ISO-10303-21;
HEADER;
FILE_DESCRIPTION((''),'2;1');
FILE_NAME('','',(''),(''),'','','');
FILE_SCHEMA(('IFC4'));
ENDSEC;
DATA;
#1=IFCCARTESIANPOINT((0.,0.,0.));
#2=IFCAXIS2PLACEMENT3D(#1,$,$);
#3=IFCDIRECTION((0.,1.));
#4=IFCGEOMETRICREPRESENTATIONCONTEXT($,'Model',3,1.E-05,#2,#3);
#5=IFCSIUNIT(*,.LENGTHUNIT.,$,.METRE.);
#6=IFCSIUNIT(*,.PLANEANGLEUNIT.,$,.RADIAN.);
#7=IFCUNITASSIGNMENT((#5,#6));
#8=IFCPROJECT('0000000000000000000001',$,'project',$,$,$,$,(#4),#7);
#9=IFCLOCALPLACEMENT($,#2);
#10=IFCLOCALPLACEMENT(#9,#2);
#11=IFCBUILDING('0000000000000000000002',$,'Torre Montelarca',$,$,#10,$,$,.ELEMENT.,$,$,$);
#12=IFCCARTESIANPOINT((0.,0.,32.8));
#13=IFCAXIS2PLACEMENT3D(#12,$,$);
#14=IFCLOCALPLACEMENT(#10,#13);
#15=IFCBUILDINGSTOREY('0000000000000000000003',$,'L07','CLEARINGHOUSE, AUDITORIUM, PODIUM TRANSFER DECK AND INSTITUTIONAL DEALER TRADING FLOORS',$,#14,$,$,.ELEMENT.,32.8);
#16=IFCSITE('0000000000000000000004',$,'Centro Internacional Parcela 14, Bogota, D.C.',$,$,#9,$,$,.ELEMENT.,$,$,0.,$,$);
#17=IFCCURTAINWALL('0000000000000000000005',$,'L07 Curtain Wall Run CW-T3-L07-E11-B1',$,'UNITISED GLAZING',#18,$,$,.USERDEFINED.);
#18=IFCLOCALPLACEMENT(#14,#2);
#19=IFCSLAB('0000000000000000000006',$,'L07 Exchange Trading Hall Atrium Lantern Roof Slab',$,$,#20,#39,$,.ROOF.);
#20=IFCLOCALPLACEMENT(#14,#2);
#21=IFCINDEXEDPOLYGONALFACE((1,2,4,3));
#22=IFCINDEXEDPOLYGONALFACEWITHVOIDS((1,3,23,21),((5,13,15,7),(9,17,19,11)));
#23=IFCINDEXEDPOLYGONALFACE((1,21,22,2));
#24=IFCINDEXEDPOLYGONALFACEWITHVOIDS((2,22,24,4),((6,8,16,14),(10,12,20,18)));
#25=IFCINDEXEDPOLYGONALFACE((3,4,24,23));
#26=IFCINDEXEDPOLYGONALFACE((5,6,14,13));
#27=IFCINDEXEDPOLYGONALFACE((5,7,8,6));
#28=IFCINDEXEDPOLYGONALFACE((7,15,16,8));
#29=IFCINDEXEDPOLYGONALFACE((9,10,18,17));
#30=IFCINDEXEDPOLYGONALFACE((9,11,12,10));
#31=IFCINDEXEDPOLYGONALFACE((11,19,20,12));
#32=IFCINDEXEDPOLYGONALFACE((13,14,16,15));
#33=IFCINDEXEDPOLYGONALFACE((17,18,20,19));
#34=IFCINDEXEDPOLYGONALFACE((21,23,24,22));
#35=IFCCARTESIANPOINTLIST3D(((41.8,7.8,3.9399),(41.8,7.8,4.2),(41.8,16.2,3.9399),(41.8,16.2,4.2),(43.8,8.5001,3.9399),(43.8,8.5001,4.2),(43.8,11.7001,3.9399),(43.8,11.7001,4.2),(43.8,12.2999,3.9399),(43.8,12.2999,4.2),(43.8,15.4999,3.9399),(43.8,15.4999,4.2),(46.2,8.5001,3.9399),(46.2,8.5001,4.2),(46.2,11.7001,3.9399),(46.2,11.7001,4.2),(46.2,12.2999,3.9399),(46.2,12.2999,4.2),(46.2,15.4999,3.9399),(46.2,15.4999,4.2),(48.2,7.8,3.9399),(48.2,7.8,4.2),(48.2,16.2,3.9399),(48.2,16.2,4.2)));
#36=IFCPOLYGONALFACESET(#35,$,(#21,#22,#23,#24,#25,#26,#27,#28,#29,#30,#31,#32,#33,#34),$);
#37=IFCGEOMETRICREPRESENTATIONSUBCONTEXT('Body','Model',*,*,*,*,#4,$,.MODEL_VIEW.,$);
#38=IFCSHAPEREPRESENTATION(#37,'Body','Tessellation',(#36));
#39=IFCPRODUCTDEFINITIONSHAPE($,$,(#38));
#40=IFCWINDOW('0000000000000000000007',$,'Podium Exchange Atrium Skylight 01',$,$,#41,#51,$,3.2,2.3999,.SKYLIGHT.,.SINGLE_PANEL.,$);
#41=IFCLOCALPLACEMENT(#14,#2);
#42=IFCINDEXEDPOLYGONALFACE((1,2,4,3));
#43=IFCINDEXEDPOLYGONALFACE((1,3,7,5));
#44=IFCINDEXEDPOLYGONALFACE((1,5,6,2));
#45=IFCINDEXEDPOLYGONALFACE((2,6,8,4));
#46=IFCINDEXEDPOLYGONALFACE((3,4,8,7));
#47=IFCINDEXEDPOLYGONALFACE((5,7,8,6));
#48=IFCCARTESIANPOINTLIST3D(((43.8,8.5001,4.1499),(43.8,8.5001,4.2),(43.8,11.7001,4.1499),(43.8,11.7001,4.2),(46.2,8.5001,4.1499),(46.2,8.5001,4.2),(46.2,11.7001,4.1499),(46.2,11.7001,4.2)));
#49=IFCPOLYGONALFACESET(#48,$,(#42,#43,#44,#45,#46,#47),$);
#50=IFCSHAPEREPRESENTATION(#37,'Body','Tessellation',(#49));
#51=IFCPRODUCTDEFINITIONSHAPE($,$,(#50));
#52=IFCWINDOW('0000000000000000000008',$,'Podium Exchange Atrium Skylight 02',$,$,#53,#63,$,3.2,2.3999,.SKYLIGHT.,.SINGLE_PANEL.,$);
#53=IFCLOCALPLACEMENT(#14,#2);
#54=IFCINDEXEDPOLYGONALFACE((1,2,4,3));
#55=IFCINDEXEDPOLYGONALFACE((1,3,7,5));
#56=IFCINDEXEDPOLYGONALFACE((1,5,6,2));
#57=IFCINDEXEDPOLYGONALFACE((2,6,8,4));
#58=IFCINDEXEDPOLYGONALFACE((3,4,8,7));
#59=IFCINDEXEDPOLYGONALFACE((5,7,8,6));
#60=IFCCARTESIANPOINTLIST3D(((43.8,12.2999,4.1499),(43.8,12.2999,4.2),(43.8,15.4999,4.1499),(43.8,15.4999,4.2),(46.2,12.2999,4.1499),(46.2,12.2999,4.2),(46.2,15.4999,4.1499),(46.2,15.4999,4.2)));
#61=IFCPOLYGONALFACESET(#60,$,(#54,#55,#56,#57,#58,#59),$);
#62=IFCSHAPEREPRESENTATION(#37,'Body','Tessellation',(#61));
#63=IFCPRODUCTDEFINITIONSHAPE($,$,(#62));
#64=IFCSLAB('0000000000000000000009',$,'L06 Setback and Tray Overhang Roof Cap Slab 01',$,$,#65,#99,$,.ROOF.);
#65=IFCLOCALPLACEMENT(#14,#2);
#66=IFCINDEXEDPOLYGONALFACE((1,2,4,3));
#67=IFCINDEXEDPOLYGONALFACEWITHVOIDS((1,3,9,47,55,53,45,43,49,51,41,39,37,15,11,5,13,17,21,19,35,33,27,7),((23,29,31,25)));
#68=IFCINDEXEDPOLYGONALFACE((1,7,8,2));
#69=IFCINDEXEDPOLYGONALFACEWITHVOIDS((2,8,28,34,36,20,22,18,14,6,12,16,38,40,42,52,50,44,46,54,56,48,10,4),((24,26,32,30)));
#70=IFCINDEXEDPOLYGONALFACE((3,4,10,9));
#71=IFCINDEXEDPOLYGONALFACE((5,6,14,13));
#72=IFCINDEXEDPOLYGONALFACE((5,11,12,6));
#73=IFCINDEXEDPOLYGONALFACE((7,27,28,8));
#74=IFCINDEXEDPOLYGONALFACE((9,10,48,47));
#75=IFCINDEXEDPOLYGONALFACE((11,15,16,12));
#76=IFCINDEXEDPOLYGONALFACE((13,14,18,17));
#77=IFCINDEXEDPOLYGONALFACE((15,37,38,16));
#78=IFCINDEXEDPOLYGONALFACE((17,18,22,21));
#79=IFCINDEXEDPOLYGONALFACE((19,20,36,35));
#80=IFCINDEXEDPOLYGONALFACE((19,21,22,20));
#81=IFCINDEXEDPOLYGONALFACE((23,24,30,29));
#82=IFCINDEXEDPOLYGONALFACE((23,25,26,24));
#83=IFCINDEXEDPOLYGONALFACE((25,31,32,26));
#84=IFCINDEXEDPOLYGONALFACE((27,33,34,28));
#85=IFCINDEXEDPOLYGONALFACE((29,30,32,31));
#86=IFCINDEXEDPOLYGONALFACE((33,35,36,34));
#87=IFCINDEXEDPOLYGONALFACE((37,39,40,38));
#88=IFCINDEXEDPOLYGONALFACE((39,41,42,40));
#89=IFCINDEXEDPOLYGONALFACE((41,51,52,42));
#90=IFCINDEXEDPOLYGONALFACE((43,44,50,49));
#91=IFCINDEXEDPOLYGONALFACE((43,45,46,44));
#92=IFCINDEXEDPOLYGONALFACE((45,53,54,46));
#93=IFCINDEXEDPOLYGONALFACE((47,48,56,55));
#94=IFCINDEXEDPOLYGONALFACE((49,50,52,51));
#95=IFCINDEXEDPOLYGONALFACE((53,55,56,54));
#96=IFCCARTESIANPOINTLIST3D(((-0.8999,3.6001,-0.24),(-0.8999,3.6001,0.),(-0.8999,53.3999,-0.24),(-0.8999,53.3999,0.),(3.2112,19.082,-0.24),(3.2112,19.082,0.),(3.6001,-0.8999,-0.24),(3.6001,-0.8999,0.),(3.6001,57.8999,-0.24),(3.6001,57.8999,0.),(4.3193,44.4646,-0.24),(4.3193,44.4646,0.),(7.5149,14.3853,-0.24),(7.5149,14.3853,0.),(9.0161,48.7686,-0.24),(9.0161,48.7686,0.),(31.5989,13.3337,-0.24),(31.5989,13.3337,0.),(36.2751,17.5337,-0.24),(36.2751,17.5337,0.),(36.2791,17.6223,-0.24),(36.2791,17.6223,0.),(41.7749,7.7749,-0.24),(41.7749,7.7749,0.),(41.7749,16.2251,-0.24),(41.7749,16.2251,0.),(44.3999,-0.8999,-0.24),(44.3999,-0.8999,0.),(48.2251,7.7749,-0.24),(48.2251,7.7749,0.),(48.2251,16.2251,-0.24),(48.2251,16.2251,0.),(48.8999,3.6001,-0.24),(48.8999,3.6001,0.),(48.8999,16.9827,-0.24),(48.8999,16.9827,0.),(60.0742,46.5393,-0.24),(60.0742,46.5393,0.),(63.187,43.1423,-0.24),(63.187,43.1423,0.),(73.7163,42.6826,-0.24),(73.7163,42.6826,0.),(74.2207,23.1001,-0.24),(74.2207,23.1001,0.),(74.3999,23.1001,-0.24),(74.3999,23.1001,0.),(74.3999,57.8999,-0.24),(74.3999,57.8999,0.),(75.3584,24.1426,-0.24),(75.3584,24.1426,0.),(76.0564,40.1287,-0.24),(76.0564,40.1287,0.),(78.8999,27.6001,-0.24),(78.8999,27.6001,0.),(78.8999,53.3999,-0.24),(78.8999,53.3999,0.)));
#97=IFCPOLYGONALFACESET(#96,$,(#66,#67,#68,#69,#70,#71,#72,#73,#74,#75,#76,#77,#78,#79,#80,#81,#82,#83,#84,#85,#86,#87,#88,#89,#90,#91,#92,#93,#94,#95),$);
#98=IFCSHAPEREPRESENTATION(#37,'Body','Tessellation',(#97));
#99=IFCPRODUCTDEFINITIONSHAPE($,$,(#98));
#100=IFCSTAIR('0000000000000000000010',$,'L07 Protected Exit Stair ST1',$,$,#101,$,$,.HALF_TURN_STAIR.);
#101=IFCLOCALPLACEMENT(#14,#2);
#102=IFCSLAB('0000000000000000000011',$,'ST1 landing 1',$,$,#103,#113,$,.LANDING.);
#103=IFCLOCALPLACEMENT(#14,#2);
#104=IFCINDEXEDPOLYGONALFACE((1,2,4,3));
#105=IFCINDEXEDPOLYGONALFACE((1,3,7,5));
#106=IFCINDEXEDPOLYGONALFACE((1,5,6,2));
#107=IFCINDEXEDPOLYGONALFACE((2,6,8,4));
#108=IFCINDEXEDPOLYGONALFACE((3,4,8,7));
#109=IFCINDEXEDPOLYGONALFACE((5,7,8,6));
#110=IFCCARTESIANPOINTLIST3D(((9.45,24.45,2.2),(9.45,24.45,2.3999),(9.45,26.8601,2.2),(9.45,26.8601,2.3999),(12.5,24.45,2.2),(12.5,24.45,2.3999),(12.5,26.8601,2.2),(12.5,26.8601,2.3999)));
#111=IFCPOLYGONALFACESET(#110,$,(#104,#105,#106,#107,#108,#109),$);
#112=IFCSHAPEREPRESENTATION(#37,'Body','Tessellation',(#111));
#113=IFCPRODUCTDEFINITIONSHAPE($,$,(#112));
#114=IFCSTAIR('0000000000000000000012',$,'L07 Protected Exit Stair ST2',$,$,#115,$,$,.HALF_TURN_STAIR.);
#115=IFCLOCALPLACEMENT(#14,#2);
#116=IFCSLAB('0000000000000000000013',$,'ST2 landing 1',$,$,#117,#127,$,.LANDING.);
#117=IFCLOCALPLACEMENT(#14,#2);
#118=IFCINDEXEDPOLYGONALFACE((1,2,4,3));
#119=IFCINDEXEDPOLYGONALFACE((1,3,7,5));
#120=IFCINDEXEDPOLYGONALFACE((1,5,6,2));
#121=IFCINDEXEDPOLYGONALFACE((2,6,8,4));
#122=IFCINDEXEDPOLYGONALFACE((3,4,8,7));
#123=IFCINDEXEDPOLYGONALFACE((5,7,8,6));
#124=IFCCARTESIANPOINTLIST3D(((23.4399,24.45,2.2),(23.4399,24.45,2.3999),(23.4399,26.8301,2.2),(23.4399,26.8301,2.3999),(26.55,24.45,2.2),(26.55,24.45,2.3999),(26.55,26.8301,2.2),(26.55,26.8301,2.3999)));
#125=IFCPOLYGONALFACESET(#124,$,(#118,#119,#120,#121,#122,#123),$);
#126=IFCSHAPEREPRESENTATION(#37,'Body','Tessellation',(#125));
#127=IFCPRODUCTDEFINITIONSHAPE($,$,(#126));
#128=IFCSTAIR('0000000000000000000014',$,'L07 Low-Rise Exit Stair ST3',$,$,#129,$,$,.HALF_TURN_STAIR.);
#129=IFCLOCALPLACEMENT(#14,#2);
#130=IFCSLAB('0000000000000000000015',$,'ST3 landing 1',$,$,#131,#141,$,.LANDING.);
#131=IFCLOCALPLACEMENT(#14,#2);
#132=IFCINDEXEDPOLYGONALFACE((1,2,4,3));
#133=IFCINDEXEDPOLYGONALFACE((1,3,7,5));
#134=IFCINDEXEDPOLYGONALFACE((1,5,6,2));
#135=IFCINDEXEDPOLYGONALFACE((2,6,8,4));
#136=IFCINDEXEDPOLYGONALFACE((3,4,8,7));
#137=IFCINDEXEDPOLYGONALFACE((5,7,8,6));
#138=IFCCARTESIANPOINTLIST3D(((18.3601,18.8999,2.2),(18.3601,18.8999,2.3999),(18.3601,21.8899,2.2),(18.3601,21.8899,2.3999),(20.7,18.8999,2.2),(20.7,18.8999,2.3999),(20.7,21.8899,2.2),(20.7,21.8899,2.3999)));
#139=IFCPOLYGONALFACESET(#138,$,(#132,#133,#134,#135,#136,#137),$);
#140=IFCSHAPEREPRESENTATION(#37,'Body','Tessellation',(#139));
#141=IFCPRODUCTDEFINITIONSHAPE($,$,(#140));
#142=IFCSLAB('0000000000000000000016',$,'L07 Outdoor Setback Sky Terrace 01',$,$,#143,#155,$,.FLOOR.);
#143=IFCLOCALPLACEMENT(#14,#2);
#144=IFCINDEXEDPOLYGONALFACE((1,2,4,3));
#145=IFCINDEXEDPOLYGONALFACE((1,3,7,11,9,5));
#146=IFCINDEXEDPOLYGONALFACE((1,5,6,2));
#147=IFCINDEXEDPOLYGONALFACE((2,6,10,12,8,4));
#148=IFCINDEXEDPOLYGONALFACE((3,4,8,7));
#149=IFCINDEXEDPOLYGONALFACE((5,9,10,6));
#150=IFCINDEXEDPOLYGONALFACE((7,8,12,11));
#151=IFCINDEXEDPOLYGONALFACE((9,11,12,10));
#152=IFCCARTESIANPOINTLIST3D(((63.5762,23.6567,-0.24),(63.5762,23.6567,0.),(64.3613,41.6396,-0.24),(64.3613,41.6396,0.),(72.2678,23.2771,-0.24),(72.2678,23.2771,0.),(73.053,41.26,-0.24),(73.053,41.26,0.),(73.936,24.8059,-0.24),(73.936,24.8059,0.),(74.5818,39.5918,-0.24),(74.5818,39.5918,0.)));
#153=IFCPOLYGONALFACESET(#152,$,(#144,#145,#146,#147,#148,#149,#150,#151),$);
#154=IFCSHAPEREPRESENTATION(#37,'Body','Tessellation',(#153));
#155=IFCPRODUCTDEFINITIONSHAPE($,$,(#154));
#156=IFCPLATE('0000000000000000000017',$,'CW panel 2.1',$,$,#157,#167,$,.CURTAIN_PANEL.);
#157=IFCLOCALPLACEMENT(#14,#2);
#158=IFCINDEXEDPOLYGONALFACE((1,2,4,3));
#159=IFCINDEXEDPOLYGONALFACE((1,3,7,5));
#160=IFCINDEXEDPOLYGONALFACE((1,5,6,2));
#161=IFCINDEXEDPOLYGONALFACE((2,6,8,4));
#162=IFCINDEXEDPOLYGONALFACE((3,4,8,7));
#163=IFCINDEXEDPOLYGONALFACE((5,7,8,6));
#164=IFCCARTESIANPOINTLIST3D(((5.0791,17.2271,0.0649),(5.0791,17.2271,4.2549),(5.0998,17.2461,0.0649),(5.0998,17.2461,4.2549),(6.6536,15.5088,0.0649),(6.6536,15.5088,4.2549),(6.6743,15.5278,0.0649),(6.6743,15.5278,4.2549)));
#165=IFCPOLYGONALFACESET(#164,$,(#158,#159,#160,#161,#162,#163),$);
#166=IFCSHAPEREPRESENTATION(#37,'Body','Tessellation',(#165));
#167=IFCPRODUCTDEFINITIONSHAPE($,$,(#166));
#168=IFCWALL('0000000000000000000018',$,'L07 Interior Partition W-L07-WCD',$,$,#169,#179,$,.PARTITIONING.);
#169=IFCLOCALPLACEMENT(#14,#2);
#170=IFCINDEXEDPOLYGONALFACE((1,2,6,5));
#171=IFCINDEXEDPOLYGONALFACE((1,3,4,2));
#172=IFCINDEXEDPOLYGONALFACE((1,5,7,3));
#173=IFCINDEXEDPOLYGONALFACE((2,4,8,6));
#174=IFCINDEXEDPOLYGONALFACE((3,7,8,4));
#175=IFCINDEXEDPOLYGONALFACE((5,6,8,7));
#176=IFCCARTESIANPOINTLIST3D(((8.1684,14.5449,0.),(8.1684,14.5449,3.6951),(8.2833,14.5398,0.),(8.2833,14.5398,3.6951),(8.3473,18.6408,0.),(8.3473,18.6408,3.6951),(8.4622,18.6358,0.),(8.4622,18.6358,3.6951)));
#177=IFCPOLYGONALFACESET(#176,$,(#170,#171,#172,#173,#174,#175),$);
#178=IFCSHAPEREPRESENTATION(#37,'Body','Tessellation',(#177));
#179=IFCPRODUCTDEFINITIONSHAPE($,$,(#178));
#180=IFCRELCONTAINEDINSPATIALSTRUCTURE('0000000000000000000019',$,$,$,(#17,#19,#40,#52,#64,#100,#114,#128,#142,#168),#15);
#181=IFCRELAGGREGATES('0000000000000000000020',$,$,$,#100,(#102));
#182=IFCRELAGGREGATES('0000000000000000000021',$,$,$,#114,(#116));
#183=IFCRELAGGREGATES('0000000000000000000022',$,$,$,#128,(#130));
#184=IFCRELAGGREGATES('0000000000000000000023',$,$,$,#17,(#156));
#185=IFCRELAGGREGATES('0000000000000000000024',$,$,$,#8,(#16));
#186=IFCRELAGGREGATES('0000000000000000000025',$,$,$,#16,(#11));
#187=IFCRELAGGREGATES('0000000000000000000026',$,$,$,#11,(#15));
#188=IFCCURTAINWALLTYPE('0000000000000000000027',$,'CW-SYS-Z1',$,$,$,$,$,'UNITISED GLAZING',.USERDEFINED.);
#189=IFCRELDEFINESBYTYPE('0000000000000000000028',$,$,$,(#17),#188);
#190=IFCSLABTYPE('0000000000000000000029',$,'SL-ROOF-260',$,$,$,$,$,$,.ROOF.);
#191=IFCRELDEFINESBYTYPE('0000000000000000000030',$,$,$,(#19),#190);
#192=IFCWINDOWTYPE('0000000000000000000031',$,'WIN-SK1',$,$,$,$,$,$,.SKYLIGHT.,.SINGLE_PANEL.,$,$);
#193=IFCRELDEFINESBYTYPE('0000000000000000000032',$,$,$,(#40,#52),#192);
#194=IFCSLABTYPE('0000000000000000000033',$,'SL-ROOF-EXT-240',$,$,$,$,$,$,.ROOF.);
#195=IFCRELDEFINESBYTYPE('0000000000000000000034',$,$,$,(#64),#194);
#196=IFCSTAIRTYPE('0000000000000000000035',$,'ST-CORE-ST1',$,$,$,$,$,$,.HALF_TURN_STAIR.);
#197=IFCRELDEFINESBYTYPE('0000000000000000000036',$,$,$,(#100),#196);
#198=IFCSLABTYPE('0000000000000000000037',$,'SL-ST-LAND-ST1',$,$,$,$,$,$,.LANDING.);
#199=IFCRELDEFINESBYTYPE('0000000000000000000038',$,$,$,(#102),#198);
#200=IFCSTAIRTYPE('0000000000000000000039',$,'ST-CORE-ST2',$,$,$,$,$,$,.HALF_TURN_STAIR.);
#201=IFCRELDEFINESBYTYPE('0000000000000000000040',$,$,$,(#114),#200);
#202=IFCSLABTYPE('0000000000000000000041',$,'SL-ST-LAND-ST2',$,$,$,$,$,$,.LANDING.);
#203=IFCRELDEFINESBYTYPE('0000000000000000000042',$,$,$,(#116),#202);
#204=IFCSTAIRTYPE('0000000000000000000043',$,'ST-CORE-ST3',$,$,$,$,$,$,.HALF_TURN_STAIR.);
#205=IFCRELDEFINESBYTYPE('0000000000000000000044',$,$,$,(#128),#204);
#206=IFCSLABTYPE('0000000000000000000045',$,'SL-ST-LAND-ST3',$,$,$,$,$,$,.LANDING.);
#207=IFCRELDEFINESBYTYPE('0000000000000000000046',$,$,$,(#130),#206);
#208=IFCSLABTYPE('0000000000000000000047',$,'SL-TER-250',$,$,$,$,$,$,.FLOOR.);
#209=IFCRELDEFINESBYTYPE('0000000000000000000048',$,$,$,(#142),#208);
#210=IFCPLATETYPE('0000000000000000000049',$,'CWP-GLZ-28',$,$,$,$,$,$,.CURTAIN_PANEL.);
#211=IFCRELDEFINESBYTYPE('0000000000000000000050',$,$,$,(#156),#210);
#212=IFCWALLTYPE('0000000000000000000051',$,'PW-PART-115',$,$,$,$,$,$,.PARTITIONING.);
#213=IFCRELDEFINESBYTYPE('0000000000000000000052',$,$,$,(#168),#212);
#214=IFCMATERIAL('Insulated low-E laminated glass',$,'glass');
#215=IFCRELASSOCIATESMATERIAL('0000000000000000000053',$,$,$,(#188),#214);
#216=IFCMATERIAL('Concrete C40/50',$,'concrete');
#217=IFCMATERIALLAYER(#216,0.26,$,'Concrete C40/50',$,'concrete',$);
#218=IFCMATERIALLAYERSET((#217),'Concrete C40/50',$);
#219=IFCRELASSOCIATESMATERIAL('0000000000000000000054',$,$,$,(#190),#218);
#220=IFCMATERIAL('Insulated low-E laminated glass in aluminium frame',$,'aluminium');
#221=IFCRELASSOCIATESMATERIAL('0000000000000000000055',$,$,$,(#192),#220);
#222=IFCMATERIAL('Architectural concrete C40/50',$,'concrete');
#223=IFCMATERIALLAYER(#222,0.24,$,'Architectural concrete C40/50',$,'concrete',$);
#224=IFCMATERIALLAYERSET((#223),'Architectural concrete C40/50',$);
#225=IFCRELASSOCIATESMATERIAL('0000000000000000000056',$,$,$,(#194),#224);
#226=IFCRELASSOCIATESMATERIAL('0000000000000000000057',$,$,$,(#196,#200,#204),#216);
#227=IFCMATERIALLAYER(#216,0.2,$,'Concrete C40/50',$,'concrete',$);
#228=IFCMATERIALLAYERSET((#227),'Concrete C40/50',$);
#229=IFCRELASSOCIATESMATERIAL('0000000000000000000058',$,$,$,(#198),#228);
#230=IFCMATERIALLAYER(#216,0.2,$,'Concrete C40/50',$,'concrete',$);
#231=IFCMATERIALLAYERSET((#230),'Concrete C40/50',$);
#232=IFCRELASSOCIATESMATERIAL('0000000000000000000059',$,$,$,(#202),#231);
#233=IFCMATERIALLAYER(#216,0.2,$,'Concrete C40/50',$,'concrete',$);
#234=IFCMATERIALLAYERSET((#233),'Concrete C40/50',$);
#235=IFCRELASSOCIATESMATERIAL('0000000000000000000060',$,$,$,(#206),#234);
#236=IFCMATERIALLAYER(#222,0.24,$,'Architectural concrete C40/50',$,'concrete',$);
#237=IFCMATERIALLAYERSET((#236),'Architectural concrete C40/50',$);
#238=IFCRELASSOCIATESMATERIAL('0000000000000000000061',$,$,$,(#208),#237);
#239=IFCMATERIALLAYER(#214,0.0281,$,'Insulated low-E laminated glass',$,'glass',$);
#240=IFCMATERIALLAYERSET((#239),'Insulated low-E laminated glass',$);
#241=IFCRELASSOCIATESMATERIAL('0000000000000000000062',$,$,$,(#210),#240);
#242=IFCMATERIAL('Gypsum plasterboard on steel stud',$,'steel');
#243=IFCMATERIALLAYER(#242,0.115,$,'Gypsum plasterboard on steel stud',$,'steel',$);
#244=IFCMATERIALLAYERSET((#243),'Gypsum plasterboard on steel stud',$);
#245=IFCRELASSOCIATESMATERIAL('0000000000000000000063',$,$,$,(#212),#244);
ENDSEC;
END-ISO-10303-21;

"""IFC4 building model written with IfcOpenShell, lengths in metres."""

from ifc_helpers import new_model, si_unit, direction, frame, frame_2d, origin, origin_2d, place, context, subcontext, project, spatial, polyline, rectangle, outline, extrude, source, transform, mapped, material, layer, layer_set, type_object, element, fill, aggregate, save


model = new_model("IFC4")

# Units and contexts
model_context = context("Model", 3, precision=1e-05, world=origin(), true_north=direction((0.0, 1.0)))
body_context = subcontext(model_context, "Body", "Model", "MODEL_VIEW")
ifc_project = project(units=[si_unit("LENGTHUNIT", "METRE"), si_unit("PLANEANGLEUNIT", "RADIAN")], contexts=[model_context])

# Site, building, storey
site_placement = place(None, origin())
site = spatial("IfcSite", under=ifc_project, at=site_placement, Name="Centro Internacional Parcela 14, Bogota, D.C.", CompositionType="ELEMENT", RefElevation=0.0)
building_placement = place(site_placement, origin())
building = spatial("IfcBuilding", under=site, at=building_placement, Name="Torre Montelarca", CompositionType="ELEMENT")
storey_placement = place(building_placement, frame((0.0, 0.0, 32.8)))
storey = spatial("IfcBuildingStorey", under=building, at=storey_placement, Name="L07", Description="CLEARINGHOUSE, AUDITORIUM, PODIUM TRANSFER DECK AND INSTITUTIONAL DEALER TRADING FLOORS", CompositionType="ELEMENT", Elevation=32.8)

# Shared definitions
ifc_material_1 = material(Name="Insulated low-E laminated glass", Category="glass")
curtain_wall_type = type_object("IfcCurtainWallType", Name="CW-SYS-Z1", ElementType="UNITISED GLAZING", PredefinedType="USERDEFINED", material=ifc_material_1)

# Curtain wall
curtain_wall_1_placement = place(storey_placement, origin())
curtain_wall_1 = element("IfcCurtainWall", 1, at=curtain_wall_1_placement, inside=storey, type_object=curtain_wall_type, Name="L07 Curtain Wall Run CW-T3-L07-E11-B1", ObjectType="UNITISED GLAZING", PredefinedType="USERDEFINED")

# Shared definitions
ifc_material_2 = material(Name="Concrete C40/50", Category="concrete")

# Slab, openings, windows
ifc_layer_1 = layer(ifc_material_2, 0.26, Name="Concrete C40/50", Category="concrete")
ifc_layer_set_1 = layer_set([ifc_layer_1], Name="Concrete C40/50")
slab_type_1 = type_object("IfcSlabType", Name="SL-ROOF-260", PredefinedType="ROOF", material=ifc_layer_set_1)
slab_1_placement = place(storey_placement, frame((0.0, 0.0, 3.9399)))
slab_1 = element("IfcSlab", 2, at=slab_1_placement, inside=storey, type_object=slab_type_1, Name="L07 Exchange Trading Hall Atrium Lantern Roof Slab", PredefinedType="ROOF", context=body_context, shape_type="SweptSolid", body=[
    extrude(outline(polyline([(41.8, 7.8), (48.2, 7.8), (48.2, 16.2), (41.8, 16.2), (41.8, 7.8)])), origin(), (0.0, 0.0, 1.0), 0.26),
])
opening_1_placement = place(slab_1_placement, frame((45.0, 10.1001, -0.01)))
opening_1 = element("IfcOpeningElement", 3, at=opening_1_placement, cuts=slab_1, PredefinedType="OPENING", context=body_context, shape_type="SweptSolid", body=[
    extrude(rectangle(XDim=2.3999, YDim=3.2, at=origin_2d()), origin(), (0.0, 0.0, 1.0), 0.28),
])
opening_2_placement = place(slab_1_placement, frame((45.0, 13.8999, -0.01)))
opening_2 = element("IfcOpeningElement", 4, at=opening_2_placement, cuts=slab_1, PredefinedType="OPENING", context=body_context, shape_type="SweptSolid", body=[
    extrude(rectangle(XDim=2.3999, YDim=3.2, at=origin_2d()), origin(), (0.0, 0.0, 1.0), 0.28),
])
ifc_material_3 = material(Name="Insulated low-E laminated glass in aluminium frame", Category="aluminium")
window_type = type_object("IfcWindowType", Name="WIN-SK1", PartitioningType="SINGLE_PANEL", PredefinedType="SKYLIGHT", material=ifc_material_3)
window_1_placement = place(slab_1_placement, frame((45.0, 10.1001, 0.21)))
window_1 = element("IfcWindow", 5, at=window_1_placement, inside=storey, type_object=window_type, Name="Podium Exchange Atrium Skylight 01", OverallHeight=3.2, OverallWidth=2.3999, PartitioningType="SINGLE_PANEL", PredefinedType="SKYLIGHT", context=body_context, shape_type="SweptSolid", body=[
    extrude(rectangle(XDim=2.3999, YDim=3.2, at=origin_2d()), origin(), (0.0, 0.0, 1.0), 0.05),
])
fill(opening_1, window_1)
window_2_placement = place(slab_1_placement, frame((45.0, 13.8999, 0.21)))
window_2 = element("IfcWindow", 6, at=window_2_placement, inside=storey, type_object=window_type, Name="Podium Exchange Atrium Skylight 02", OverallHeight=3.2, OverallWidth=2.3999, PartitioningType="SINGLE_PANEL", PredefinedType="SKYLIGHT", context=body_context, shape_type="SweptSolid", body=[
    extrude(rectangle(XDim=2.3999, YDim=3.2, at=origin_2d()), origin(), (0.0, 0.0, 1.0), 0.05),
])
fill(opening_2, window_2)

# Slab
ifc_material_4 = material(Name="Architectural concrete C40/50", Category="concrete")
ifc_layer_2 = layer(ifc_material_4, 0.24, Name="Architectural concrete C40/50", Category="concrete")
ifc_layer_set_2 = layer_set([ifc_layer_2], Name="Architectural concrete C40/50")
slab_type_2 = type_object("IfcSlabType", Name="SL-ROOF-EXT-240", PredefinedType="ROOF", material=ifc_layer_set_2)
slab_2_placement = place(storey_placement, frame((0.0, 0.0, -0.24)))
element("IfcSlab", 7, at=slab_2_placement, inside=storey, type_object=slab_type_2, Name="L06 Setback and Tray Overhang Roof Cap Slab 01", PredefinedType="ROOF", context=body_context, shape_type="SweptSolid", body=[
    extrude(outline(polyline([(36.2751, 17.5337), (36.2791, 17.6223), (31.5989, 13.3337), (7.5149, 14.3853), (3.2112, 19.082), (4.3193, 44.4646), (9.0161, 48.7686), (60.0742, 46.5393), (63.187, 43.1423), (73.7163, 42.6826), (76.0564, 40.1287), (75.3584, 24.1426), (74.2207, 23.1001), (74.3999, 23.1001), (78.8999, 27.6001), (78.8999, 53.3999), (74.3999, 57.8999), (3.6001, 57.8999), (-0.8999, 53.3999), (-0.8999, 3.6001), (3.6001, -0.8999), (44.3999, -0.8999), (48.8999, 3.6001), (48.8999, 16.9827), (36.2751, 17.5337)]), holes=[polyline([(41.7749, 7.7749), (41.7749, 16.2251), (48.2251, 16.2251), (48.2251, 7.7749), (41.7749, 7.7749)])]), origin(), (0.0, 0.0, 1.0), 0.24),
])

# Stairs, slabs
stair_type_1 = type_object("IfcStairType", Name="ST-CORE-ST1", PredefinedType="HALF_TURN_STAIR", material=ifc_material_2)
stair_1_placement = place(storey_placement, origin())
stair_1 = element("IfcStair", 8, at=stair_1_placement, inside=storey, type_object=stair_type_1, Name="L07 Protected Exit Stair ST1", PredefinedType="HALF_TURN_STAIR")
ifc_layer_3 = layer(ifc_material_2, 0.2, Name="Concrete C40/50", Category="concrete")
ifc_layer_set_3 = layer_set([ifc_layer_3], Name="Concrete C40/50")
slab_type_3 = type_object("IfcSlabType", Name="SL-ST-LAND-ST1", PredefinedType="LANDING", material=ifc_layer_set_3)
slab_3_placement = place(storey_placement, frame((0.0, 0.0, 2.2)))
slab_3 = element("IfcSlab", 9, at=slab_3_placement, type_object=slab_type_3, Name="ST1 landing 1", PredefinedType="LANDING", context=body_context, shape_type="SweptSolid", body=[
    extrude(outline(polyline([(9.45, 26.8601), (9.45, 24.45), (12.5, 24.45), (12.5, 26.8601), (9.45, 26.8601)])), origin(), (0.0, 0.0, 1.0), 0.2),
])
aggregate(stair_1, [slab_3])
stair_type_2 = type_object("IfcStairType", Name="ST-CORE-ST2", PredefinedType="HALF_TURN_STAIR", material=ifc_material_2)
stair_2_placement = place(storey_placement, origin())
stair_2 = element("IfcStair", 10, at=stair_2_placement, inside=storey, type_object=stair_type_2, Name="L07 Protected Exit Stair ST2", PredefinedType="HALF_TURN_STAIR")
ifc_layer_4 = layer(ifc_material_2, 0.2, Name="Concrete C40/50", Category="concrete")
ifc_layer_set_4 = layer_set([ifc_layer_4], Name="Concrete C40/50")
slab_type_4 = type_object("IfcSlabType", Name="SL-ST-LAND-ST2", PredefinedType="LANDING", material=ifc_layer_set_4)
slab_4_placement = place(storey_placement, frame((0.0, 0.0, 2.2)))
slab_4 = element("IfcSlab", 11, at=slab_4_placement, type_object=slab_type_4, Name="ST2 landing 1", PredefinedType="LANDING", context=body_context, shape_type="SweptSolid", body=[
    extrude(outline(polyline([(23.4399, 26.8301), (23.4399, 24.45), (26.55, 24.45), (26.55, 26.8301), (23.4399, 26.8301)])), origin(), (0.0, 0.0, 1.0), 0.2),
])
aggregate(stair_2, [slab_4])
stair_type_3 = type_object("IfcStairType", Name="ST-CORE-ST3", PredefinedType="HALF_TURN_STAIR", material=ifc_material_2)
stair_3_placement = place(storey_placement, origin())
stair_3 = element("IfcStair", 12, at=stair_3_placement, inside=storey, type_object=stair_type_3, Name="L07 Low-Rise Exit Stair ST3", PredefinedType="HALF_TURN_STAIR")
ifc_layer_5 = layer(ifc_material_2, 0.2, Name="Concrete C40/50", Category="concrete")
ifc_layer_set_5 = layer_set([ifc_layer_5], Name="Concrete C40/50")
slab_type_5 = type_object("IfcSlabType", Name="SL-ST-LAND-ST3", PredefinedType="LANDING", material=ifc_layer_set_5)
slab_5_placement = place(storey_placement, frame((0.0, 0.0, 2.2)))
slab_5 = element("IfcSlab", 13, at=slab_5_placement, type_object=slab_type_5, Name="ST3 landing 1", PredefinedType="LANDING", context=body_context, shape_type="SweptSolid", body=[
    extrude(outline(polyline([(18.3601, 18.8999), (20.7, 18.8999), (20.7, 21.8899), (18.3601, 21.8899), (18.3601, 18.8999)])), origin(), (0.0, 0.0, 1.0), 0.2),
])
aggregate(stair_3, [slab_5])

# Slab
ifc_layer_6 = layer(ifc_material_4, 0.24, Name="Architectural concrete C40/50", Category="concrete")
ifc_layer_set_6 = layer_set([ifc_layer_6], Name="Architectural concrete C40/50")
slab_type_6 = type_object("IfcSlabType", Name="SL-TER-250", PredefinedType="FLOOR", material=ifc_layer_set_6)
slab_6_placement = place(storey_placement, frame((0.0, 0.0, -0.24)))
element("IfcSlab", 14, at=slab_6_placement, inside=storey, type_object=slab_type_6, Name="L07 Outdoor Setback Sky Terrace 01", PredefinedType="FLOOR", context=body_context, shape_type="SweptSolid", body=[
    extrude(outline(polyline([(63.5762, 23.6567), (72.2678, 23.2771), (73.936, 24.8059), (74.5818, 39.5918), (73.053, 41.26), (64.3613, 41.6396), (63.5762, 23.6567)])), origin(), (0.0, 0.0, 1.0), 0.24),
])

# Plate
ifc_layer_7 = layer(ifc_material_1, 0.0281, Name="Insulated low-E laminated glass", Category="glass")
ifc_layer_set_7 = layer_set([ifc_layer_7], Name="Insulated low-E laminated glass")
plate_type = type_object("IfcPlateType", Name="CWP-GLZ-28", PredefinedType="CURTAIN_PANEL", material=ifc_layer_set_7)
shared_shape_1 = source(origin(), body_context, "Body", "SweptSolid", [
    extrude(rectangle(XDim=2.3306, YDim=0.0281, at=origin_2d()), origin(), (0.0, 0.0, 1.0), 4.1899),
])
plate_placement = place(storey_placement, frame((5.8767, 16.3774, 0.0649), z_axis=(0.0, 0.0, 1.0), x_axis=(0.675585, -0.737282, 0.0)))
plate = element("IfcPlate", 15, at=plate_placement, type_object=plate_type, Name="CW panel 2.1", PredefinedType="CURTAIN_PANEL", context=body_context, shape_type="MappedRepresentation", body=[
    mapped(shared_shape_1, transform((0.0, 0.0, 0.0), scale=1.0)),
])
aggregate(curtain_wall_1, [plate])

# Wall
ifc_material_5 = material(Name="Gypsum plasterboard on steel stud", Category="steel")
ifc_layer_8 = layer(ifc_material_5, 0.115, Name="Gypsum plasterboard on steel stud", Category="steel")
ifc_layer_set_8 = layer_set([ifc_layer_8], Name="Gypsum plasterboard on steel stud")
wall_type = type_object("IfcWallType", Name="PW-PART-115", PredefinedType="PARTITIONING", material=ifc_layer_set_8)
wall_placement = place(storey_placement, frame((8.2258, 14.5425, 0.0), z_axis=(0.0, 0.0, 1.0), x_axis=(0.043649, 0.999047, 0.0)))
element("IfcWall", 16, at=wall_placement, inside=storey, type_object=wall_type, Name="L07 Interior Partition W-L07-WCD", PredefinedType="PARTITIONING", context=body_context, shape_type="SweptSolid", body=[
    extrude(rectangle(XDim=4.0999, YDim=0.115, at=frame_2d((2.0498, 0.0))), origin(), (0.0, 0.0, 1.0), 3.6951),
])

save(model, "model.ifc")
